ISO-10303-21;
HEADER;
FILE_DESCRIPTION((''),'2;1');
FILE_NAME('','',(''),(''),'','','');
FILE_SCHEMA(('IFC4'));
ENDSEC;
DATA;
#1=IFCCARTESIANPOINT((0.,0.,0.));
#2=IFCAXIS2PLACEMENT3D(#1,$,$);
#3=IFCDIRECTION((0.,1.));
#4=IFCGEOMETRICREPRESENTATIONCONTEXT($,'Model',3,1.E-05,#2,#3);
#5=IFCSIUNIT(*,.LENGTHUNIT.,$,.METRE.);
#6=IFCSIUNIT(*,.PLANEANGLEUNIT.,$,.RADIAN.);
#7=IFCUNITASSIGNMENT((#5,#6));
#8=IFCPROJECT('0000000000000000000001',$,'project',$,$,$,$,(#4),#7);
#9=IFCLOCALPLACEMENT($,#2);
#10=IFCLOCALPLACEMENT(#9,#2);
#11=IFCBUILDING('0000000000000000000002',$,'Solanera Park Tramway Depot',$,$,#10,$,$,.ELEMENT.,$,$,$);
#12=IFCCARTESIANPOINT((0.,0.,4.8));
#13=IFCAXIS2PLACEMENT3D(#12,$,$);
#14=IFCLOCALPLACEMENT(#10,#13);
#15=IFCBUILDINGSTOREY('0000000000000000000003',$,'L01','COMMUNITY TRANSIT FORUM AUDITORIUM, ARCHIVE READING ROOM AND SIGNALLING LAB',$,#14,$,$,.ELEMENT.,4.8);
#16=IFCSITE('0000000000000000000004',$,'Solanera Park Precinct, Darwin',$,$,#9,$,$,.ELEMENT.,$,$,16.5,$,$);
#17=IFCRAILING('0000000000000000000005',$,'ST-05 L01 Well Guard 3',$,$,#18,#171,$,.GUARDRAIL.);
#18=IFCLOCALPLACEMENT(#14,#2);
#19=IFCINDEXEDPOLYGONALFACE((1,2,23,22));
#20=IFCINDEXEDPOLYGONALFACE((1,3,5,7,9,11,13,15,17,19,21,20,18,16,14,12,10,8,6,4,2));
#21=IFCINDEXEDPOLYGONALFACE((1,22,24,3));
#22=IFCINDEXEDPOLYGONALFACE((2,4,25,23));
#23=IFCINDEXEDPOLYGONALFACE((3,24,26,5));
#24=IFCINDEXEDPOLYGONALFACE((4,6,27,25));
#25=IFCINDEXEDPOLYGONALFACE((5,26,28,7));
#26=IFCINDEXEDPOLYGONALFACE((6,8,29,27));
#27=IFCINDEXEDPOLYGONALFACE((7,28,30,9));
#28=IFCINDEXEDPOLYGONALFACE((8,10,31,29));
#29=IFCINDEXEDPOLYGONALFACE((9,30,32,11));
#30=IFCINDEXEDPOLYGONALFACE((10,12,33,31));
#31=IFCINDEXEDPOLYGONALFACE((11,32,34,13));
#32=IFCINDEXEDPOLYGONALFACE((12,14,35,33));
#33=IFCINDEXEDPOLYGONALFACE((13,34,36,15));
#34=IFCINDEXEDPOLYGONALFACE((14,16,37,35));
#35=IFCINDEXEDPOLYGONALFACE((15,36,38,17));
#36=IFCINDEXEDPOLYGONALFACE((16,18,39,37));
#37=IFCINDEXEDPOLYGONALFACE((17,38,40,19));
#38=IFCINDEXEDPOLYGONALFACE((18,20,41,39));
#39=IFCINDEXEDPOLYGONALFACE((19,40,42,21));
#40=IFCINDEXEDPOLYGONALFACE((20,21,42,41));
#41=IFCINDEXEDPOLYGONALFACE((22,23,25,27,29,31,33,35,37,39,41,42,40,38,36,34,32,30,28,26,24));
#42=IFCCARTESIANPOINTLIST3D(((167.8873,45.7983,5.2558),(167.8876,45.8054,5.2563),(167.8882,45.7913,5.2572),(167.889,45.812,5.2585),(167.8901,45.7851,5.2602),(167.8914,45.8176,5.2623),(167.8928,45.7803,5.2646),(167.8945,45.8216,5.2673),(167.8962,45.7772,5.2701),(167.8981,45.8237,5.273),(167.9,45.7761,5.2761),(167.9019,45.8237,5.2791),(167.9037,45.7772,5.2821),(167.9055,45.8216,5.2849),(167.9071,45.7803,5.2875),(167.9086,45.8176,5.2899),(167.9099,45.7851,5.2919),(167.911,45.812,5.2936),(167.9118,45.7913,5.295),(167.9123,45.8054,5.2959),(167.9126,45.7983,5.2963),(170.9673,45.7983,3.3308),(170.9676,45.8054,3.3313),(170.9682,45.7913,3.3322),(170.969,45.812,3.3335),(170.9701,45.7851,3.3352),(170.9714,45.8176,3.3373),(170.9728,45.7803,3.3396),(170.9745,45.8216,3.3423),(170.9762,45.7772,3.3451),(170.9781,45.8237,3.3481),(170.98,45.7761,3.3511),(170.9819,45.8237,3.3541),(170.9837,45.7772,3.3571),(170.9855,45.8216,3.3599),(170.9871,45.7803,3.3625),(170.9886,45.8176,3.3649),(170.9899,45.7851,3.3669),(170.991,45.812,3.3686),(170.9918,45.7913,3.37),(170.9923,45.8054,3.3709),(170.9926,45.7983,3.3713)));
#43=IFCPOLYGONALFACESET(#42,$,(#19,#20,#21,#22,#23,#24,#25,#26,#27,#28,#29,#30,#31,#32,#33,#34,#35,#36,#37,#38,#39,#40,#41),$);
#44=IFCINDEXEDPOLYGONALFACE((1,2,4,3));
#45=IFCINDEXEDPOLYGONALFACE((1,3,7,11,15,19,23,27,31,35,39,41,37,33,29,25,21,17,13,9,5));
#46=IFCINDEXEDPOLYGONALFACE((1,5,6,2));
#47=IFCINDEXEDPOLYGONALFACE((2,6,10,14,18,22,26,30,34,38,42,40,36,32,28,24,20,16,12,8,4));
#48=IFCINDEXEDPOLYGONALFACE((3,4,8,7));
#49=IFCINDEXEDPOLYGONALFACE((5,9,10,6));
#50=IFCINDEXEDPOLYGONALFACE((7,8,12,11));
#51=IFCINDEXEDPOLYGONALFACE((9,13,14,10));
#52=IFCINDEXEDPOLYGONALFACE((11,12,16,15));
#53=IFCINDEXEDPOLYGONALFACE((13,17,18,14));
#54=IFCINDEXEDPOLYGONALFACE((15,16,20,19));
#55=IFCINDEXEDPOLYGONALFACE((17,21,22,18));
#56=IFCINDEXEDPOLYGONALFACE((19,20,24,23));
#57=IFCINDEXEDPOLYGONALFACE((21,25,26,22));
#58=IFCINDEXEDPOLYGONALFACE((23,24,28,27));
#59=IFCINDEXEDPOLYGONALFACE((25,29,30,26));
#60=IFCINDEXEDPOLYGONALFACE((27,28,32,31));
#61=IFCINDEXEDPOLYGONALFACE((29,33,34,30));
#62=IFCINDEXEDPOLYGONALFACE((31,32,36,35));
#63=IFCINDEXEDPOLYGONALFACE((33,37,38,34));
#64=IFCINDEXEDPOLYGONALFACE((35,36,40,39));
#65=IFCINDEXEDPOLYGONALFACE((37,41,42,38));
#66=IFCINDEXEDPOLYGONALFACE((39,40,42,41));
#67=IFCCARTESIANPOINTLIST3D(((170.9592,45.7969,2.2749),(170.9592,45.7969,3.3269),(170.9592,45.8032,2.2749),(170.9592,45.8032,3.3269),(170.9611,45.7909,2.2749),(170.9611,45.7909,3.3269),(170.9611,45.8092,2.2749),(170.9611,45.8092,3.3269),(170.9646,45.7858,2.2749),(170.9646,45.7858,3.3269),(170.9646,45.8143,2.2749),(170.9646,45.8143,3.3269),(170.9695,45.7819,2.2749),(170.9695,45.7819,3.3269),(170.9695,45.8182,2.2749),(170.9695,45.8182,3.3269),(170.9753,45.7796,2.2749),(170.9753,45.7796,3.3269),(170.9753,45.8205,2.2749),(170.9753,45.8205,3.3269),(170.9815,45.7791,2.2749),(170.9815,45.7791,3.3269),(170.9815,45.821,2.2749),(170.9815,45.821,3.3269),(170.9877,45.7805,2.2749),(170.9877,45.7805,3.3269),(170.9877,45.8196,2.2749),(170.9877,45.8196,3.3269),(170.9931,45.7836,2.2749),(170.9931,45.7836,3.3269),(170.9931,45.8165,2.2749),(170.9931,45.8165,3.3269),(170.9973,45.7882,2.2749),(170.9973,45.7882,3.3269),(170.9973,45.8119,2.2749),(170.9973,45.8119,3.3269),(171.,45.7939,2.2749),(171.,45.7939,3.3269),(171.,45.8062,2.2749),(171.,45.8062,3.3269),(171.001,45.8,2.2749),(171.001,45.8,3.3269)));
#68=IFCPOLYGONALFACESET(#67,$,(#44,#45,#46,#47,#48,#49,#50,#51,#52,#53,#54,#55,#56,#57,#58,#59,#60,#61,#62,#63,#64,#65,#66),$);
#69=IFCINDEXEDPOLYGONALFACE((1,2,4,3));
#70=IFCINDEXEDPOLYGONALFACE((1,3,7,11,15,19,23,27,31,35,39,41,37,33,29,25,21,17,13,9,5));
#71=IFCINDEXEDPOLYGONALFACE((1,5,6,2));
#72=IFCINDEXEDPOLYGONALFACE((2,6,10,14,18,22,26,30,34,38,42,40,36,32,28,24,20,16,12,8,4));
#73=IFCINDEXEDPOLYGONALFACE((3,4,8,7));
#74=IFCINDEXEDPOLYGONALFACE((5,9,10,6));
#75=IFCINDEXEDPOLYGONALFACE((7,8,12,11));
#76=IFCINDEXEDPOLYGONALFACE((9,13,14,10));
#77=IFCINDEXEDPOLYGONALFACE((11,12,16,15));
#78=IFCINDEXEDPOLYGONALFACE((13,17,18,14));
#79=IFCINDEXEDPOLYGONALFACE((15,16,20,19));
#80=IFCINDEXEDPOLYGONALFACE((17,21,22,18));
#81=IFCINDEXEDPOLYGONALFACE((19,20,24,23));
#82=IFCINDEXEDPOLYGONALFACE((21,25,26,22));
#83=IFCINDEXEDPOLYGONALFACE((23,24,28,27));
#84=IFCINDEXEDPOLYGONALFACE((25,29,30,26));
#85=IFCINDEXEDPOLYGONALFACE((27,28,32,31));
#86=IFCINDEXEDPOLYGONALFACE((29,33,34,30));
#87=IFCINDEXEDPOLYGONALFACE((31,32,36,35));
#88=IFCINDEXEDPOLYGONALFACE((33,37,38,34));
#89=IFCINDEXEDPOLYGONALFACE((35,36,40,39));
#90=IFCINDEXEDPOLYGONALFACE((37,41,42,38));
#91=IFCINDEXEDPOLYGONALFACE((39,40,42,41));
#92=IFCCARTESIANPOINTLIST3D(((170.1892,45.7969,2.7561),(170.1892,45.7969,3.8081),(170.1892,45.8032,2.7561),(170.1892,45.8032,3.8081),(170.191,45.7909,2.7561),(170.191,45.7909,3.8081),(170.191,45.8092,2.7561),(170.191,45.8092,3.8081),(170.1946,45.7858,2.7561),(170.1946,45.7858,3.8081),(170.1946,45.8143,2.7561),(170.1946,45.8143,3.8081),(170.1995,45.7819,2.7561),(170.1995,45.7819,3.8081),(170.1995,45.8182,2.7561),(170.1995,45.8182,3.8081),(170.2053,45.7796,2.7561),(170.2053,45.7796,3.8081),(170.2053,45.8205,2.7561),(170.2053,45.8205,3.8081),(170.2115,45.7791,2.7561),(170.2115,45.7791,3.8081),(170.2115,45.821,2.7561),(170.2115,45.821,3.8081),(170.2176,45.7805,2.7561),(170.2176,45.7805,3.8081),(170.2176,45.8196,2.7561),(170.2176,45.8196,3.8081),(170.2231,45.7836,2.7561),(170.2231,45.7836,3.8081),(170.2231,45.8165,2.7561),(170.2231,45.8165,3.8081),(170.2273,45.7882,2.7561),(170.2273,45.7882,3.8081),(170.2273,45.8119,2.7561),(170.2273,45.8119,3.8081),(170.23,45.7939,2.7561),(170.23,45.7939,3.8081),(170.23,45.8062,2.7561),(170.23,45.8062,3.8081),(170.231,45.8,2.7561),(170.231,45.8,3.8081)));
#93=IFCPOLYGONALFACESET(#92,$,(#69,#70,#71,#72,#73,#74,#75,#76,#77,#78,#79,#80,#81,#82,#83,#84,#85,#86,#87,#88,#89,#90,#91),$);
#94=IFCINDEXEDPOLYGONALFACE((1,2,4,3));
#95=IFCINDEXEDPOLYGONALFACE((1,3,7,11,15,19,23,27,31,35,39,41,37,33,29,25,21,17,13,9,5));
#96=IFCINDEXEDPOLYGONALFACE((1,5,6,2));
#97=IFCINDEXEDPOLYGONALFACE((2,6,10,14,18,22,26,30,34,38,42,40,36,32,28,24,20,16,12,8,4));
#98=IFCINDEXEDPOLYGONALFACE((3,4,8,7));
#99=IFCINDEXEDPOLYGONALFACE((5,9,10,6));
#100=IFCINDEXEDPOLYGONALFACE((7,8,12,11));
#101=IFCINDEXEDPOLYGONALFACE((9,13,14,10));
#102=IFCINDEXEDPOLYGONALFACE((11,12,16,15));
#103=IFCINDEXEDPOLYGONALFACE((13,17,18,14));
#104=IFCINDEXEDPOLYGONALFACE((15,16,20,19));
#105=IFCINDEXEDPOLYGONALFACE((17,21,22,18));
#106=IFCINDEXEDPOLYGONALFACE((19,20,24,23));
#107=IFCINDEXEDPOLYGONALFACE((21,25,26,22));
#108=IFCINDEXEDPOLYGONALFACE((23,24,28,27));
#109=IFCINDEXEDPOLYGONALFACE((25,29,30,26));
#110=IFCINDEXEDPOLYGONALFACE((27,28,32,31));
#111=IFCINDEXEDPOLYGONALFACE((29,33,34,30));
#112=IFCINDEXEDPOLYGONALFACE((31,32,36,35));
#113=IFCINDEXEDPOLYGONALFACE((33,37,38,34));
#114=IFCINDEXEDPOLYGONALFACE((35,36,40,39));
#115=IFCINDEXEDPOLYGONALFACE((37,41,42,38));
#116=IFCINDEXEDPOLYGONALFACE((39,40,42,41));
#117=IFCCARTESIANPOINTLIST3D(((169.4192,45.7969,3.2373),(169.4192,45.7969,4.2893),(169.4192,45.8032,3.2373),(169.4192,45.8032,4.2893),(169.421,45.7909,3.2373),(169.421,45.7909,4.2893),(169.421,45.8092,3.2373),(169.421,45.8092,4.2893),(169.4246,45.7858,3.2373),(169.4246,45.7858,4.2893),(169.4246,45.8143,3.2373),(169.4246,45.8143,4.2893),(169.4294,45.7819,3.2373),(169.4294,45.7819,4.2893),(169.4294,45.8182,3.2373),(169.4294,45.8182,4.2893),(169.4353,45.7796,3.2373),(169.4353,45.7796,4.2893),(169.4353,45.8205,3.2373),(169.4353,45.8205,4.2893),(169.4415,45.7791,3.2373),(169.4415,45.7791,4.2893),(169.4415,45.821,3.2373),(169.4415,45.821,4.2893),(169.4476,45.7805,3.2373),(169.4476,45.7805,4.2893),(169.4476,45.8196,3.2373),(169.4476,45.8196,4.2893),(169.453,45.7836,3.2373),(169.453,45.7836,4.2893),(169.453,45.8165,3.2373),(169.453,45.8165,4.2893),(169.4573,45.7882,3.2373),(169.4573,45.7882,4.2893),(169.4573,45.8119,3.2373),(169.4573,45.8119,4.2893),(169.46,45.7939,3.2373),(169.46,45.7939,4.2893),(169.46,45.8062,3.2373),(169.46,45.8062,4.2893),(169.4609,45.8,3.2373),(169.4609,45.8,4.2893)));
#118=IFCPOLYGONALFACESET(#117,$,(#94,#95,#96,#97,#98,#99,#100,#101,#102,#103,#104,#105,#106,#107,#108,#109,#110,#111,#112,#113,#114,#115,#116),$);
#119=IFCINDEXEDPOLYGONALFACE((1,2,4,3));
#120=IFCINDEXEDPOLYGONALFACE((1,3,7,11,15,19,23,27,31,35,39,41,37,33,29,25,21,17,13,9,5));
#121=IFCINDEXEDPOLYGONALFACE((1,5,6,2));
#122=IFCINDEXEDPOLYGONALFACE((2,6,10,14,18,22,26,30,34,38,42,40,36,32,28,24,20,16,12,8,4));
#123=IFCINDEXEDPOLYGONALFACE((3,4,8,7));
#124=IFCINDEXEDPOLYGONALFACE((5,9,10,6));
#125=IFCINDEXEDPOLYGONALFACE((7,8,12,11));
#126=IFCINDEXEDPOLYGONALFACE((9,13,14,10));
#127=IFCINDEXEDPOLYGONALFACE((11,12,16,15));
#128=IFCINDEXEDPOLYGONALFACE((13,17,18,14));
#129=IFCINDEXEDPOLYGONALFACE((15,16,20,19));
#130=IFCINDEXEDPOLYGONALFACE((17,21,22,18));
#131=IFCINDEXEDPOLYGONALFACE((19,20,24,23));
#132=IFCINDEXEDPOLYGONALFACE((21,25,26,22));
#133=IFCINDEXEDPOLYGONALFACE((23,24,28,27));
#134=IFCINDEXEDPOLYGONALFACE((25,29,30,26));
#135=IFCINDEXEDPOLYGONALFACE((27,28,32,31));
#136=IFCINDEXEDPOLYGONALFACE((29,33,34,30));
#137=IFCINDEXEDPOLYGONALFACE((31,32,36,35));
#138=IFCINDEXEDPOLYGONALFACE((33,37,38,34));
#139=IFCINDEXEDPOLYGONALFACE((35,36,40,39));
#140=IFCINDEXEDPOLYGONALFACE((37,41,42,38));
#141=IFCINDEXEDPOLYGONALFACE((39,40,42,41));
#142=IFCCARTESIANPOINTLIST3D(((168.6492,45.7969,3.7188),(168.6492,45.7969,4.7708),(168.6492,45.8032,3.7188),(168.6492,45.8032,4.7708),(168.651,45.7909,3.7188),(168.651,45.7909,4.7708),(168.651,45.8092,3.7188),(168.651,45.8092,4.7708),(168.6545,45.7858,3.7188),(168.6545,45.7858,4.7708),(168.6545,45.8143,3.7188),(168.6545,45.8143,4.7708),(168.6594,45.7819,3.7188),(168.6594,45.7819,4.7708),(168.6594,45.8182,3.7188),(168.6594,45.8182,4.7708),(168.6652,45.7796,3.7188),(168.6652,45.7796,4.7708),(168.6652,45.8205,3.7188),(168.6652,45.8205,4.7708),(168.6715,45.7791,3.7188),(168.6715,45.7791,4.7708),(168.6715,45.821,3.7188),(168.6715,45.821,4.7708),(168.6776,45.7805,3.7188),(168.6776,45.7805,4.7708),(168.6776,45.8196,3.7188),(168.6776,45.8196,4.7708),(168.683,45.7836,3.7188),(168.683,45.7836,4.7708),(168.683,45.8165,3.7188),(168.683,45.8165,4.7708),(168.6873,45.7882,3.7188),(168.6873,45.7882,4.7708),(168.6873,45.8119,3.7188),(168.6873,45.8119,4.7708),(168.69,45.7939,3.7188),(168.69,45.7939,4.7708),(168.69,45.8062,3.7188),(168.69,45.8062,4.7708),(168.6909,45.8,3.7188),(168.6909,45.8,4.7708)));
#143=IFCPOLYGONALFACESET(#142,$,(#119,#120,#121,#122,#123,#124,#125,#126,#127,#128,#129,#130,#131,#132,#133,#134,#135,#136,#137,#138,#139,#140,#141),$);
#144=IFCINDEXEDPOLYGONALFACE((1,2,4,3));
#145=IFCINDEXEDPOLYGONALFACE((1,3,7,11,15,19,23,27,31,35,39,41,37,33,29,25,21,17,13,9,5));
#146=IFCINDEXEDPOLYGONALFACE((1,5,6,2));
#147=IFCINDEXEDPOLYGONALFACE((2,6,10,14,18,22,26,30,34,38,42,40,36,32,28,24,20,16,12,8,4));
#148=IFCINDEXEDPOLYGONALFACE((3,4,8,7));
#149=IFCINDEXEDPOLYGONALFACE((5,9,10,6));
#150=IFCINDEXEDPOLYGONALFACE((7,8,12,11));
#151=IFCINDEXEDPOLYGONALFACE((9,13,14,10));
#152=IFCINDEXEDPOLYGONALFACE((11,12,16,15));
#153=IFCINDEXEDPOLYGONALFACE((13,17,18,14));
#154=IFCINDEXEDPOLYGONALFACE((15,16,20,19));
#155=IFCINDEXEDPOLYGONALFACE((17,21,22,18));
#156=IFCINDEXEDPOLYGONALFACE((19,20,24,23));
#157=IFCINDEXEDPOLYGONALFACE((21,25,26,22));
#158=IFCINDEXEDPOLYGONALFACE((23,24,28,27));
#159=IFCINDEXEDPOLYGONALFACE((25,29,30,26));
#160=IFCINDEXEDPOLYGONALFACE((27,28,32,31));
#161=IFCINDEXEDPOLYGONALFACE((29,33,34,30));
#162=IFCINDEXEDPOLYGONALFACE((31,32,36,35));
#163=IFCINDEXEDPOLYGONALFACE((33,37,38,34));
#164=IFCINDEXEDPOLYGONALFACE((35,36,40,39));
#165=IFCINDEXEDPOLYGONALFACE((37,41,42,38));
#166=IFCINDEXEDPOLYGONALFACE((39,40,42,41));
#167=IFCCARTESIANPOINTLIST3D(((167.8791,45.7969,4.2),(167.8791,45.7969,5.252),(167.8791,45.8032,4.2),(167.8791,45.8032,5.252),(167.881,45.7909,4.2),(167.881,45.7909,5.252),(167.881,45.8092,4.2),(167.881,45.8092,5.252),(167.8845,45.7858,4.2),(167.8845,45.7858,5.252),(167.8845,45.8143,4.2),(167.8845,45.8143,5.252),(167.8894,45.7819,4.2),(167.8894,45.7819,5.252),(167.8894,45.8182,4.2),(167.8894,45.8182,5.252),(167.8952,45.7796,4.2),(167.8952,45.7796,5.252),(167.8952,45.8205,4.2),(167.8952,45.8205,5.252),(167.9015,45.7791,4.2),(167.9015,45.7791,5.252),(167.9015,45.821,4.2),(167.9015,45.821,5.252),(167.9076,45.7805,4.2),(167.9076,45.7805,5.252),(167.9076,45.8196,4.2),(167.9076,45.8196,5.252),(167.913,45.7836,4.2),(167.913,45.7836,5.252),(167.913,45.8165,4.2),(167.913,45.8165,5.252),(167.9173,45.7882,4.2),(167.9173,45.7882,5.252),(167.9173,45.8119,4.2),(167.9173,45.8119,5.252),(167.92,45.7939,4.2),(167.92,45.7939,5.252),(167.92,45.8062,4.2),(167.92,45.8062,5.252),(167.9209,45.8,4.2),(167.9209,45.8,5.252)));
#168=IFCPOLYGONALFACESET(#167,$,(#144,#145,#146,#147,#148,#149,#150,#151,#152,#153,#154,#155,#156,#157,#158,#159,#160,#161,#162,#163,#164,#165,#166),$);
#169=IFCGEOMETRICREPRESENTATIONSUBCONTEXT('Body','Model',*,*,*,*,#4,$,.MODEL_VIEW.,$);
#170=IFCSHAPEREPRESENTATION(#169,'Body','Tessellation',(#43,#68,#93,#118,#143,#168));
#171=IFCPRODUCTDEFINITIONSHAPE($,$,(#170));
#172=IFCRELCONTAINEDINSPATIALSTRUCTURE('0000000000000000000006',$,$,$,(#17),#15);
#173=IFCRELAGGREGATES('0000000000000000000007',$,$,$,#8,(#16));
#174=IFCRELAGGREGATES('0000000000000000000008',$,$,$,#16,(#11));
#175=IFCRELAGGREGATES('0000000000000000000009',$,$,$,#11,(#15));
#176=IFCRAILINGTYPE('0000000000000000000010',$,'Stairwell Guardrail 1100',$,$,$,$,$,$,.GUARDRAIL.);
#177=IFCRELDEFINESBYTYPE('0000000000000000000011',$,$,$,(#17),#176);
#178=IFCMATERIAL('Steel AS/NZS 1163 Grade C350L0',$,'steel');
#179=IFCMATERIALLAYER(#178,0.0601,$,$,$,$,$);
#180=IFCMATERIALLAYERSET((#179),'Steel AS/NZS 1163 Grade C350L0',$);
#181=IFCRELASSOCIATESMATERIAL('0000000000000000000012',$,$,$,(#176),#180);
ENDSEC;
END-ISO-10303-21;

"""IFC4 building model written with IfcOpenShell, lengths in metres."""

from ifc_helpers import new_model, si_unit, direction, frame, origin, origin_2d, place, context, subcontext, project, spatial, circle, extrude, material, layer, layer_set, type_object, element, save


model = new_model("IFC4")

# Units and contexts
model_context = context("Model", 3, precision=1e-05, world=origin(), true_north=direction((0.0, 1.0)))
body_context = subcontext(model_context, "Body", "Model", "MODEL_VIEW")
ifc_project = project(units=[si_unit("LENGTHUNIT", "METRE"), si_unit("PLANEANGLEUNIT", "RADIAN")], contexts=[model_context])

# Site, building, storey
site_placement = place(None, origin())
site = spatial("IfcSite", under=ifc_project, at=site_placement, Name="Solanera Park Precinct, Darwin", CompositionType="ELEMENT", RefElevation=16.5)
building_placement = place(site_placement, origin())
building = spatial("IfcBuilding", under=site, at=building_placement, Name="Solanera Park Tramway Depot", CompositionType="ELEMENT")
storey_placement = place(building_placement, frame((0.0, 0.0, 4.8)))
storey = spatial("IfcBuildingStorey", under=building, at=storey_placement, Name="L01", Description="COMMUNITY TRANSIT FORUM AUDITORIUM, ARCHIVE READING ROOM AND SIGNALLING LAB", CompositionType="ELEMENT", Elevation=4.8)

# Railing
ifc_material_1 = material(Name="Steel AS/NZS 1163 Grade C350L0", Category="steel")
ifc_layer_1 = layer(ifc_material_1, 0.0601)
ifc_layer_set_1 = layer_set([ifc_layer_1], Name="Steel AS/NZS 1163 Grade C350L0")
railing_type_1 = type_object("IfcRailingType", Name="Stairwell Guardrail 1100", PredefinedType="GUARDRAIL", material=ifc_layer_set_1)
railing_1_placement = place(storey_placement, frame((170.98, 45.8, 2.2749)))
element("IfcRailing", 1, at=railing_1_placement, inside=storey, type_object=railing_type_1, Name="ST-05 L01 Well Guard 3", PredefinedType="GUARDRAIL", context=body_context, shape_type="SweptSolid", body=[
    extrude(circle(Radius=0.0239, at=origin_2d()), frame((0.0, 0.0, 1.0762), z_axis=(-0.847998, 0.0, 0.529999), x_axis=(0.0, -1.0, 0.0)), (0.0, 0.0, 1.0), 3.6321),
    extrude(circle(Radius=0.021, at=origin_2d()), origin(), (0.0, 0.0, 1.0), 1.052),
    extrude(circle(Radius=0.021, at=origin_2d()), frame((-0.77, 0.0, 0.4812)), (0.0, 0.0, 1.0), 1.052),
    extrude(circle(Radius=0.021, at=origin_2d()), frame((-1.54, 0.0, 0.9624)), (0.0, 0.0, 1.0), 1.052),
    extrude(circle(Radius=0.021, at=origin_2d()), frame((-2.3101, 0.0, 1.4438)), (0.0, 0.0, 1.0), 1.052),
    extrude(circle(Radius=0.021, at=origin_2d()), frame((-3.0801, 0.0, 1.925)), (0.0, 0.0, 1.0), 1.052),
])

save(model, "model.ifc")
